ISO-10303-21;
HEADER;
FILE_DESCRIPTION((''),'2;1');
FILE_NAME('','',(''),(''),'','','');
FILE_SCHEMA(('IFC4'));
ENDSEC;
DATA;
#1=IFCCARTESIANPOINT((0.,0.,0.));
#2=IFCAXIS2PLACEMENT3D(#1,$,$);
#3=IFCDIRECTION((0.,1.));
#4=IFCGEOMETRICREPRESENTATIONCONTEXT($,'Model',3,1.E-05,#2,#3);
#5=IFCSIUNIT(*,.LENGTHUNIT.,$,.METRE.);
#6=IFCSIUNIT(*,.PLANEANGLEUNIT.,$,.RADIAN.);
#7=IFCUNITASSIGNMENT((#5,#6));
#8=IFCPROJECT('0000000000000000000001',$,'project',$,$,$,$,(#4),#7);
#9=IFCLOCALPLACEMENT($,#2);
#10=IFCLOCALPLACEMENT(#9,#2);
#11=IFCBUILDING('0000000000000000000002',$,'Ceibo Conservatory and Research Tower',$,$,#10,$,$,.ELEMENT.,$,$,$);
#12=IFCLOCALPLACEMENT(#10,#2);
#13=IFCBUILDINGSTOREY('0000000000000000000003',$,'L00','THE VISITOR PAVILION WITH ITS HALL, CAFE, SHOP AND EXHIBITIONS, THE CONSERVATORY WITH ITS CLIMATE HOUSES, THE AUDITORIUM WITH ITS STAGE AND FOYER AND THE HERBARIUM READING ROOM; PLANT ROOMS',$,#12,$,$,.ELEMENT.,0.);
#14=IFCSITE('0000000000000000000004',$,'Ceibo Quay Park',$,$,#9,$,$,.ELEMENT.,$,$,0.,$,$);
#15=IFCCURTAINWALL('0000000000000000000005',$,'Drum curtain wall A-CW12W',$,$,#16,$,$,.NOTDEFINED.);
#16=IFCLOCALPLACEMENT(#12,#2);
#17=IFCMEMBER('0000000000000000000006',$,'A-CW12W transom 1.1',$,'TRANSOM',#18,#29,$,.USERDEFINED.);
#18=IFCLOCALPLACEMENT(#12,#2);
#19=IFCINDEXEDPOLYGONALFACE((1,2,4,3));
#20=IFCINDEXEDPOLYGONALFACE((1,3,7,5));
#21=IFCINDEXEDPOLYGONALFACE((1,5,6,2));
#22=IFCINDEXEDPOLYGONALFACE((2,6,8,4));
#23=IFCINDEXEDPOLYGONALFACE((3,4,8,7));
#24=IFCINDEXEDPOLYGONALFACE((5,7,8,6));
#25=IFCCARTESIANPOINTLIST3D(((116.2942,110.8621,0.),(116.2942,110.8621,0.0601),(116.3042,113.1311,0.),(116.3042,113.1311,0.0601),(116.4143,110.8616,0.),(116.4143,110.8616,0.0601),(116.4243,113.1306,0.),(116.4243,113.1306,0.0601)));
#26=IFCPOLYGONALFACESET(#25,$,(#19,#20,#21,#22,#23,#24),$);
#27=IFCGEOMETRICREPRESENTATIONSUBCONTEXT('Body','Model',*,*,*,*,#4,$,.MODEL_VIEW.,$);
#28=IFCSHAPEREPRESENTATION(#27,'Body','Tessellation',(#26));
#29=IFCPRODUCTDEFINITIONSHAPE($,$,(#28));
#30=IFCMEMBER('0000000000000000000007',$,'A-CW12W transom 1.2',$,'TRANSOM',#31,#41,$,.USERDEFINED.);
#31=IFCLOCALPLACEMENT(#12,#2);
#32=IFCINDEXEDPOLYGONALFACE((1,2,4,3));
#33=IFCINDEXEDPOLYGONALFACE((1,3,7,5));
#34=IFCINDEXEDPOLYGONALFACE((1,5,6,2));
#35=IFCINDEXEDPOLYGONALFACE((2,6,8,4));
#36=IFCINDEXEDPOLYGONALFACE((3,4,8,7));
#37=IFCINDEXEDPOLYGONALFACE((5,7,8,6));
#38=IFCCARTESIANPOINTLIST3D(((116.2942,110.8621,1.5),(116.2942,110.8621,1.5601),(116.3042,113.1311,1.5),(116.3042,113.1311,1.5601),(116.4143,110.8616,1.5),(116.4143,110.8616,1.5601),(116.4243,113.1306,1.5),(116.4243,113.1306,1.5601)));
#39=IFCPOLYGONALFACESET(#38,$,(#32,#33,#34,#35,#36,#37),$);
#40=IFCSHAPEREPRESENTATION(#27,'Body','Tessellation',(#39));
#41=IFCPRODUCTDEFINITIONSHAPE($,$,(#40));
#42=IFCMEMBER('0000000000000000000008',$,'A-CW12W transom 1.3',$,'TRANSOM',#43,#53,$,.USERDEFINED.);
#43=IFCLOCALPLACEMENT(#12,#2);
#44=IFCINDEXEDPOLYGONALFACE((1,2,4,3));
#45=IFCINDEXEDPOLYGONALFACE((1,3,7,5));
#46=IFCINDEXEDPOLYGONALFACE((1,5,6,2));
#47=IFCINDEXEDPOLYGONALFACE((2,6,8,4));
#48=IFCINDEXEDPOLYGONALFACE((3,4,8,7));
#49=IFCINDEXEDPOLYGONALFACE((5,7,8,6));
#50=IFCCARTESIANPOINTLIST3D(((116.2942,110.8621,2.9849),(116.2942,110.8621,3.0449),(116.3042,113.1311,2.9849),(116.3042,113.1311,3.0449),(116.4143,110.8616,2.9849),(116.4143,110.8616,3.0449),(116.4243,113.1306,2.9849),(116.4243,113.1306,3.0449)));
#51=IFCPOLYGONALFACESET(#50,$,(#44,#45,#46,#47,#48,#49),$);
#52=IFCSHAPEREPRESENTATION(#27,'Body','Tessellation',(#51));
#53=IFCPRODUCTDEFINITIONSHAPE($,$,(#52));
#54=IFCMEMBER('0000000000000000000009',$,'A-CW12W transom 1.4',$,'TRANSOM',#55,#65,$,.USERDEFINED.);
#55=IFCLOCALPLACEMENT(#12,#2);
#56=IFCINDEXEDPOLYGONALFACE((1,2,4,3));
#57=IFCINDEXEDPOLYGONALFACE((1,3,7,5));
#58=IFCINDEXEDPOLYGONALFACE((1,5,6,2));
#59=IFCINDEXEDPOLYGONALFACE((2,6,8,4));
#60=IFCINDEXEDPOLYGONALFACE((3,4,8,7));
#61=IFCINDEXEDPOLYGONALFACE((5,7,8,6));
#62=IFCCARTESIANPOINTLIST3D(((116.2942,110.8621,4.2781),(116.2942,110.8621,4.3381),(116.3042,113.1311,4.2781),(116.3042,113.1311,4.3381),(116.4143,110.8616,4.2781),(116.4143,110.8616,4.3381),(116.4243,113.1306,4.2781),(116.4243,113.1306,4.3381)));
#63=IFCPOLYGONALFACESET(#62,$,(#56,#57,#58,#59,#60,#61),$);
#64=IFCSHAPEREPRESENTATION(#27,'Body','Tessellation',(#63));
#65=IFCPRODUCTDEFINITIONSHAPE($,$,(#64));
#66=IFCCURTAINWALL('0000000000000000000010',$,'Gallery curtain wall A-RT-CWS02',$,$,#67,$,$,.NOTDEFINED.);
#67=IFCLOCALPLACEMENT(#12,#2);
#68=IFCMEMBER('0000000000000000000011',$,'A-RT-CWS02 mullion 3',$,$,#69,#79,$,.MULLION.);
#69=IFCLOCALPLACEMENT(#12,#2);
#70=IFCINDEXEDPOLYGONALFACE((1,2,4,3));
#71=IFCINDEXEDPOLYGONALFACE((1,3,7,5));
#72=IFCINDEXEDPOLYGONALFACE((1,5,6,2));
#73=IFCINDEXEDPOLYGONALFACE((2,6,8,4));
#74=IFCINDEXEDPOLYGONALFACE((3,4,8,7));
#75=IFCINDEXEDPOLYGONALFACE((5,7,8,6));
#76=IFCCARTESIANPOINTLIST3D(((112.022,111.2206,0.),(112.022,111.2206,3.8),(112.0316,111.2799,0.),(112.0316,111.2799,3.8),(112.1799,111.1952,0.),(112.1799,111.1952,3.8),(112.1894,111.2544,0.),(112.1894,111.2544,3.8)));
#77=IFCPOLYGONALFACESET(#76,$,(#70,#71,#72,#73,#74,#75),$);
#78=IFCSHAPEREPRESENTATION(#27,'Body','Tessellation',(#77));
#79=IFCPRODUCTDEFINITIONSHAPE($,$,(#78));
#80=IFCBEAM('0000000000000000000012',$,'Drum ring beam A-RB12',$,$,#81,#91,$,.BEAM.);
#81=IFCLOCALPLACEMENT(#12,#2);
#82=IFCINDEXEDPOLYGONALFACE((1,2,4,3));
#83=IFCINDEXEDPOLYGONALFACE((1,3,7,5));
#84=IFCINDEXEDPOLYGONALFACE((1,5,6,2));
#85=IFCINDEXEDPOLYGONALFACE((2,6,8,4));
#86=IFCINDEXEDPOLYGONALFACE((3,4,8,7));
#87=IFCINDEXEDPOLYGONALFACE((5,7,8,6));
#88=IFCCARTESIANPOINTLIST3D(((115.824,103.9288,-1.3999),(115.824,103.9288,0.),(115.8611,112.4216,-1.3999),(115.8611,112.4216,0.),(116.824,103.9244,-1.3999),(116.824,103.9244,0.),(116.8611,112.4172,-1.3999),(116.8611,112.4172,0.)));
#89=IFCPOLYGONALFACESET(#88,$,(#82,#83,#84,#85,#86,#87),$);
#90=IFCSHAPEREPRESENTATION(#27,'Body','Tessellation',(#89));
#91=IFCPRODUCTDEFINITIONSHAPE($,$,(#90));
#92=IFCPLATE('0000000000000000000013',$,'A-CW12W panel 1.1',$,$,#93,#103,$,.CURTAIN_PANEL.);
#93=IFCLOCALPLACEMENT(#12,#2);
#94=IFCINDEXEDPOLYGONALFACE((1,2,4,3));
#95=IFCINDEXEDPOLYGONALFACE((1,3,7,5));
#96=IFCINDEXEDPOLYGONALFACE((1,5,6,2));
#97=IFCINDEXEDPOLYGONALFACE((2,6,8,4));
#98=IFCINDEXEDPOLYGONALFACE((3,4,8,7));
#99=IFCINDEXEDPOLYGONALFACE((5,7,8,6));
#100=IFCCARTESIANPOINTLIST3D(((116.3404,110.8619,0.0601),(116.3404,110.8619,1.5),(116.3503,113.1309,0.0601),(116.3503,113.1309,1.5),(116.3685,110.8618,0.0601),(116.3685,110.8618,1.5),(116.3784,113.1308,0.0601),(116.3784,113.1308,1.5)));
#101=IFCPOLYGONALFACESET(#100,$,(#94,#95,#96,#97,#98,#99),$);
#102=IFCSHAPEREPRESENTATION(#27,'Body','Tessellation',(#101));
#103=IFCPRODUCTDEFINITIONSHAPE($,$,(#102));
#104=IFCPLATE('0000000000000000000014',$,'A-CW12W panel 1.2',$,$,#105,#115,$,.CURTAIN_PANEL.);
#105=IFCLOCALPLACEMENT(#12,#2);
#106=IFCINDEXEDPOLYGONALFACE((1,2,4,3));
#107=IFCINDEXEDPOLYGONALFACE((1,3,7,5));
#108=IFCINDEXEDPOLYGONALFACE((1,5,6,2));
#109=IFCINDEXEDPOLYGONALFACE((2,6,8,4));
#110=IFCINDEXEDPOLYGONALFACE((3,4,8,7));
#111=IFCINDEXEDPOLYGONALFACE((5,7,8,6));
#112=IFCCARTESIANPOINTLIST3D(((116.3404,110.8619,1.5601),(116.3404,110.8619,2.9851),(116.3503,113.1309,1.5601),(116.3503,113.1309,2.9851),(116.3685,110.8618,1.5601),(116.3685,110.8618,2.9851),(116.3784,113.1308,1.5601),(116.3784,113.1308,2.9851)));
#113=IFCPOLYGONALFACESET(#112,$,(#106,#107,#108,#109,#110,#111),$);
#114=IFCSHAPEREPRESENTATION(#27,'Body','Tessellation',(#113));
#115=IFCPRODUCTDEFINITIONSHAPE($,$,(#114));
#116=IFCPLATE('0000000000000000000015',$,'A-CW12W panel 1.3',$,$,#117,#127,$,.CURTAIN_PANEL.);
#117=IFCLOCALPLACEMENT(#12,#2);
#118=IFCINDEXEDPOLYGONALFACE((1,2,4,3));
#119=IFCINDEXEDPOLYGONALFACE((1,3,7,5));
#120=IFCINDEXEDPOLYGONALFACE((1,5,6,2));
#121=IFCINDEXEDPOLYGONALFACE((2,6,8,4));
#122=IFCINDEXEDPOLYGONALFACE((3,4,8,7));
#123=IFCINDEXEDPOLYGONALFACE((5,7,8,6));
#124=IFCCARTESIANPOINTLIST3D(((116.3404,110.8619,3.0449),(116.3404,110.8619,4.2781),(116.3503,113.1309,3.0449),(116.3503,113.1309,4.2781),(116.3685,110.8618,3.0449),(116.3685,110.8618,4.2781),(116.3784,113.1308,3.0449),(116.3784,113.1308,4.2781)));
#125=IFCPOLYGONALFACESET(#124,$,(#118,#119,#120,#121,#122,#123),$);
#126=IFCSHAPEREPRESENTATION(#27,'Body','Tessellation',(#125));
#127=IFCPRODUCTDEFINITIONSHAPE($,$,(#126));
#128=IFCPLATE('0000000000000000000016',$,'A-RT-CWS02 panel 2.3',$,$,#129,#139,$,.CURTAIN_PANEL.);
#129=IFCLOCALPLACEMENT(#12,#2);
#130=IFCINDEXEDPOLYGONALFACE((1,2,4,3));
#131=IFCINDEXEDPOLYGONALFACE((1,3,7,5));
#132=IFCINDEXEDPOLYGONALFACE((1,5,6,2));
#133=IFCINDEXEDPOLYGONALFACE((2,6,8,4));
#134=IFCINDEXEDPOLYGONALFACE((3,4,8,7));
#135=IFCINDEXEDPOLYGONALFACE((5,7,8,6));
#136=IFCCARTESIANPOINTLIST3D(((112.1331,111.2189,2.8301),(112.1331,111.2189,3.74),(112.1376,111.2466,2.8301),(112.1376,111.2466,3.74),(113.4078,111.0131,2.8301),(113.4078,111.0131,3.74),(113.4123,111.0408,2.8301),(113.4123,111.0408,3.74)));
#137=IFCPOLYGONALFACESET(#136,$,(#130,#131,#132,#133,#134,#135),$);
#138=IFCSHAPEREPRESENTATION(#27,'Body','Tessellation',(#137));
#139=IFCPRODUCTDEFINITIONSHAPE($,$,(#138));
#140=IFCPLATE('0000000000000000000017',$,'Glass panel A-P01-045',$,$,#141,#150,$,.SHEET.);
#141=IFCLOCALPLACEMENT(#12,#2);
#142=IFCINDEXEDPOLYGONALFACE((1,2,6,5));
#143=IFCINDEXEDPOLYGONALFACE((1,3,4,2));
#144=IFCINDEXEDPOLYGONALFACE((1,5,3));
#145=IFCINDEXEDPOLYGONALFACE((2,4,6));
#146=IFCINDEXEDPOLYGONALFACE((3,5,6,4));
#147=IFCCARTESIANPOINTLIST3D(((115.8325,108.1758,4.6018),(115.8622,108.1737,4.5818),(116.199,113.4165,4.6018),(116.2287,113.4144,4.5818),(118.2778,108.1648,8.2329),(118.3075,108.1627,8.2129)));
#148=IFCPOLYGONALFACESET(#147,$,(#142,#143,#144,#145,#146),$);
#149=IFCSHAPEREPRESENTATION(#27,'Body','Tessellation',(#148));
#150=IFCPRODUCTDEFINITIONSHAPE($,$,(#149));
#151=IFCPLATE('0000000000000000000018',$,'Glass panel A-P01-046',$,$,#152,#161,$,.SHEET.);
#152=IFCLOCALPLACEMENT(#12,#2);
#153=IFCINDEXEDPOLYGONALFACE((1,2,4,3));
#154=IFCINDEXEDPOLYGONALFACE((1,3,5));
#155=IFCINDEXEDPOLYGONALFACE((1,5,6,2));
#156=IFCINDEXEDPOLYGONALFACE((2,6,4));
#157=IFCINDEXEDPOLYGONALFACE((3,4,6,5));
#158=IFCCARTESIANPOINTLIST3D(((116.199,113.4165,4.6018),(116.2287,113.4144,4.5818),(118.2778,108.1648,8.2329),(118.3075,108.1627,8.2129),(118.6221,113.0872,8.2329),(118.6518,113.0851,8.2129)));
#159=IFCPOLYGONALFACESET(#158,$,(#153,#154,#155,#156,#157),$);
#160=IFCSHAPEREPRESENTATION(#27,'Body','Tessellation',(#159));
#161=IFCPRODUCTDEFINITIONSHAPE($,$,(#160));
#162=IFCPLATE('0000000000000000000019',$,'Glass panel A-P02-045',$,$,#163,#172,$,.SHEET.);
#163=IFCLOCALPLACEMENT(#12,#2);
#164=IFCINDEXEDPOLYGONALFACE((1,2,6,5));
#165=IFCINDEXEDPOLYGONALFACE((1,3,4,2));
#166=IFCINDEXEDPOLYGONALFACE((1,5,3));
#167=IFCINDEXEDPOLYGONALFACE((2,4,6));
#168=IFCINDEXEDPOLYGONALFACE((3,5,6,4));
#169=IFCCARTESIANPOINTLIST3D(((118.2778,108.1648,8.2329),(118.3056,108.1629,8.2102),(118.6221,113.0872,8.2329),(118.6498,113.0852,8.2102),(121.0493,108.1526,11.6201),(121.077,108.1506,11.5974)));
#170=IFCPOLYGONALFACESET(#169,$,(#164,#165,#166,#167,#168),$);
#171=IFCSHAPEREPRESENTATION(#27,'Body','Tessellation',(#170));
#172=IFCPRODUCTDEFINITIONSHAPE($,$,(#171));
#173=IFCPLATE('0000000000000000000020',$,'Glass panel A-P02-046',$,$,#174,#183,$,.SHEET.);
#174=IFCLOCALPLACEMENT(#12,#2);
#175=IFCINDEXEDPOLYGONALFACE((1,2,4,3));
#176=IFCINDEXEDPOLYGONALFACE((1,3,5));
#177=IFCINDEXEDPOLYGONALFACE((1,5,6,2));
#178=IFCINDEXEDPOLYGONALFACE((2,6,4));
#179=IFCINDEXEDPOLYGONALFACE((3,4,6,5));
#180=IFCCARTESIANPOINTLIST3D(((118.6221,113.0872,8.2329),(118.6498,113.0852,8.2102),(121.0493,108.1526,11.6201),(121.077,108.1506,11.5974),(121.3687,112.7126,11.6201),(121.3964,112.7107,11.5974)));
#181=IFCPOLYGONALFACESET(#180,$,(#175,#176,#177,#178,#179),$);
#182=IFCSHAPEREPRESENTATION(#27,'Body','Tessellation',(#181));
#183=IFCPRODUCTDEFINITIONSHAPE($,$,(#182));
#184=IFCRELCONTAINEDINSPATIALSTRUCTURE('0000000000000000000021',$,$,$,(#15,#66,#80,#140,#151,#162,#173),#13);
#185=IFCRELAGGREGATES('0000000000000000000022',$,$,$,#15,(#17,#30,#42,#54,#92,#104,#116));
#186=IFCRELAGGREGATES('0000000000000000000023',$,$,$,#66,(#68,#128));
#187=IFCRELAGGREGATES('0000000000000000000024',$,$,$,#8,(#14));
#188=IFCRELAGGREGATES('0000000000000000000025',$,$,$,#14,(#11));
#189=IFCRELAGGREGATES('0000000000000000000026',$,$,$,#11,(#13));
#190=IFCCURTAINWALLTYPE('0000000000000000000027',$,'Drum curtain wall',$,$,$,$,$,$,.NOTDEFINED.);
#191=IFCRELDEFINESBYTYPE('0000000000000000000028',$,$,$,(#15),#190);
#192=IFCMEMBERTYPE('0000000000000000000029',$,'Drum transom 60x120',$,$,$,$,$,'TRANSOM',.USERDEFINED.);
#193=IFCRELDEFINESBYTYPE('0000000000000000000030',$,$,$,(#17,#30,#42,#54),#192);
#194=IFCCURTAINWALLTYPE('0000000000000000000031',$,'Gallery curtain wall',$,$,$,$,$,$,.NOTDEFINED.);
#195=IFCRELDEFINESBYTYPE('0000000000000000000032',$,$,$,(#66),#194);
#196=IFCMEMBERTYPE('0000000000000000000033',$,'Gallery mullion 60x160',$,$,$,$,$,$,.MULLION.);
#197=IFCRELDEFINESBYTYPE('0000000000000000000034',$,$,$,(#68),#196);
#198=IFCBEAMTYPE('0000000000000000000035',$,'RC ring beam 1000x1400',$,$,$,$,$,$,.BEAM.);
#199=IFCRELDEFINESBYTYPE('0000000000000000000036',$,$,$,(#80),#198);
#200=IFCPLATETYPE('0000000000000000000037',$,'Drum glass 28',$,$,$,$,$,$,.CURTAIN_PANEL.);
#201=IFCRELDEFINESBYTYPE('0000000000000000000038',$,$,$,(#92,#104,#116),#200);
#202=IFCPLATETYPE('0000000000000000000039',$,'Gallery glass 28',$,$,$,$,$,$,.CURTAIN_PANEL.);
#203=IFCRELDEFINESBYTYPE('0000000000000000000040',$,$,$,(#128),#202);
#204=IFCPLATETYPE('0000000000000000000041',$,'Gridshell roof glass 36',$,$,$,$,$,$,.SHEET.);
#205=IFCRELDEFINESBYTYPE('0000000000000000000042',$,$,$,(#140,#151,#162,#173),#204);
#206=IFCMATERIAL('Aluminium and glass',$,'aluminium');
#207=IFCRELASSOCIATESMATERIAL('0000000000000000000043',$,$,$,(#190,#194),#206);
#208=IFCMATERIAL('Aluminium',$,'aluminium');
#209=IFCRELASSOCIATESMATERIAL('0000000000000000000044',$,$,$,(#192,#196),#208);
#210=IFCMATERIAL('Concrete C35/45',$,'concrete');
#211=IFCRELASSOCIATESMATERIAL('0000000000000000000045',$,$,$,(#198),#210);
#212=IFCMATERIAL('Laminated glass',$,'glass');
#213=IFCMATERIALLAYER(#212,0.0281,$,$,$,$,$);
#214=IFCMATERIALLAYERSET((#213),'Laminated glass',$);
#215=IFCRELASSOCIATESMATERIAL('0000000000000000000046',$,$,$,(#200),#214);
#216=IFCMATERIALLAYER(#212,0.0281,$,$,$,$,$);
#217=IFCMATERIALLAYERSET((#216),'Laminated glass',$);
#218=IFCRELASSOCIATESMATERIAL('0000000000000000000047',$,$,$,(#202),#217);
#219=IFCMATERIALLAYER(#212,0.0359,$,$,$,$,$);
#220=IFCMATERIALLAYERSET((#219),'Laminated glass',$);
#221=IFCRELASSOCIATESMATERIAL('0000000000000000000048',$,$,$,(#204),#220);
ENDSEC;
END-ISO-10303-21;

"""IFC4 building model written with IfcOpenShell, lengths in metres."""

from ifc_helpers import new_model, si_unit, direction, frame, origin, origin_2d, place, context, subcontext, project, spatial, polyline, rectangle, outline, extrude, material, layer, layer_set, material_profile, profile_set, type_object, element, aggregate, save


model = new_model("IFC4")

# Units and contexts
model_context = context("Model", 3, precision=1e-05, world=origin(), true_north=direction((0.0, 1.0)))
body_context = subcontext(model_context, "Body", "Model", "MODEL_VIEW")
ifc_project = project(units=[si_unit("LENGTHUNIT", "METRE"), si_unit("PLANEANGLEUNIT", "RADIAN")], contexts=[model_context])

# Site, building, storey
site_placement = place(None, origin())
site = spatial("IfcSite", under=ifc_project, at=site_placement, Name="Ceibo Quay Park", CompositionType="ELEMENT", RefElevation=0.0)
building_placement = place(site_placement, origin())
building = spatial("IfcBuilding", under=site, at=building_placement, Name="Ceibo Conservatory and Research Tower", CompositionType="ELEMENT")
storey_placement = place(building_placement, origin())
storey = spatial("IfcBuildingStorey", under=building, at=storey_placement, Name="L00", Description="THE VISITOR PAVILION WITH ITS HALL, CAFE, SHOP AND EXHIBITIONS, THE CONSERVATORY WITH ITS CLIMATE HOUSES, THE AUDITORIUM WITH ITS STAGE AND FOYER AND THE HERBARIUM READING ROOM; PLANT ROOMS", CompositionType="ELEMENT", Elevation=0.0)

# Shared definitions
ifc_material_1 = material(Name="Concrete C35/45", Category="concrete")

# Shared definitions
ifc_material_2 = material(Name="Aluminium and glass", Category="aluminium")
curtain_wall_type_1 = type_object("IfcCurtainWallType", Name="Drum curtain wall", PredefinedType="NOTDEFINED", material=ifc_material_2)
ifc_material_3 = material(Name="Aluminium", Category="aluminium")

# Curtain wall, members
curtain_wall_1_placement = place(storey_placement, origin())
curtain_wall_1 = element("IfcCurtainWall", 1, at=curtain_wall_1_placement, inside=storey, type_object=curtain_wall_type_1, Name="Drum curtain wall A-CW12W", PredefinedType="NOTDEFINED")
ifc_material_profile_1 = material_profile(ifc_material_3, rectangle(XDim=0.1201, YDim=0.0601, at=origin_2d()), Name="AL 60x120")
ifc_profile_set_1 = profile_set([ifc_material_profile_1], Name="Aluminium")
member_type_1 = type_object("IfcMemberType", Name="Drum transom 60x120", ElementType="TRANSOM", PredefinedType="USERDEFINED", material=ifc_profile_set_1)
member_1_placement = place(storey_placement, frame((116.3643, 113.1309, 0.03), z_axis=(-0.004411, -0.99999, 0.0), x_axis=(0.99999, -0.004411, 0.0)))
member_1 = element("IfcMember", 2, at=member_1_placement, type_object=member_type_1, Name="A-CW12W transom 1.1", ObjectType="TRANSOM", PredefinedType="USERDEFINED", context=body_context, shape_type="SweptSolid", body=[
    extrude(rectangle(XDim=0.1201, YDim=0.0601, at=origin_2d()), origin(), (0.0, 0.0, 1.0), 2.269),
])
member_2_placement = place(storey_placement, frame((116.3643, 113.1309, 1.53), z_axis=(-0.004411, -0.99999, 0.0), x_axis=(0.99999, -0.004411, 0.0)))
member_2 = element("IfcMember", 3, at=member_2_placement, type_object=member_type_1, Name="A-CW12W transom 1.2", ObjectType="TRANSOM", PredefinedType="USERDEFINED", context=body_context, shape_type="SweptSolid", body=[
    extrude(rectangle(XDim=0.1201, YDim=0.0601, at=origin_2d()), origin(), (0.0, 0.0, 1.0), 2.269),
])
member_3_placement = place(storey_placement, frame((116.3643, 113.1309, 3.0149), z_axis=(-0.004411, -0.99999, 0.0), x_axis=(0.99999, -0.004411, 0.0)))
member_3 = element("IfcMember", 4, at=member_3_placement, type_object=member_type_1, Name="A-CW12W transom 1.3", ObjectType="TRANSOM", PredefinedType="USERDEFINED", context=body_context, shape_type="SweptSolid", body=[
    extrude(rectangle(XDim=0.1201, YDim=0.0601, at=origin_2d()), origin(), (0.0, 0.0, 1.0), 2.269),
])
member_4_placement = place(storey_placement, frame((116.3643, 113.1309, 4.3081), z_axis=(-0.004411, -0.99999, 0.0), x_axis=(0.99999, -0.004411, 0.0)))
member_4 = element("IfcMember", 5, at=member_4_placement, type_object=member_type_1, Name="A-CW12W transom 1.4", ObjectType="TRANSOM", PredefinedType="USERDEFINED", context=body_context, shape_type="SweptSolid", body=[
    extrude(rectangle(XDim=0.1201, YDim=0.0601, at=origin_2d()), origin(), (0.0, 0.0, 1.0), 2.269),
])

# Curtain wall, member
curtain_wall_type_2 = type_object("IfcCurtainWallType", Name="Gallery curtain wall", PredefinedType="NOTDEFINED", material=ifc_material_2)
curtain_wall_2_placement = place(storey_placement, origin())
curtain_wall_2 = element("IfcCurtainWall", 6, at=curtain_wall_2_placement, inside=storey, type_object=curtain_wall_type_2, Name="Gallery curtain wall A-RT-CWS02", PredefinedType="NOTDEFINED")
ifc_material_profile_2 = material_profile(ifc_material_3, rectangle(XDim=0.0601, YDim=0.1599, at=origin_2d()), Name="AL 60x160")
ifc_profile_set_2 = profile_set([ifc_material_profile_2], Name="Aluminium")
member_type_2 = type_object("IfcMemberType", Name="Gallery mullion 60x160", PredefinedType="MULLION", material=ifc_profile_set_2)
member_5_placement = place(storey_placement, frame((112.1057, 111.2375, 0.0), z_axis=(0.0, 0.0, 1.0), x_axis=(-0.159391, -0.987216, 0.0)))
member_5 = element("IfcMember", 7, at=member_5_placement, type_object=member_type_2, Name="A-RT-CWS02 mullion 3", PredefinedType="MULLION", context=body_context, shape_type="SweptSolid", body=[
    extrude(rectangle(XDim=0.0601, YDim=0.1599, at=origin_2d()), origin(), (0.0, 0.0, 1.0), 3.8),
])

# Beam
ifc_material_profile_3 = material_profile(ifc_material_1, rectangle(XDim=1.0, YDim=1.3999, at=origin_2d()), Name="RC 1000x1400")
ifc_profile_set_3 = profile_set([ifc_material_profile_3], Name="Concrete C35/45")
beam_type = type_object("IfcBeamType", Name="RC ring beam 1000x1400", PredefinedType="BEAM", material=ifc_profile_set_3)
beam_placement = place(storey_placement, frame((116.3611, 112.4194, -0.7), z_axis=(-0.004369, -0.99999, 0.0), x_axis=(0.99999, -0.004369, 0.0)))
element("IfcBeam", 8, at=beam_placement, inside=storey, type_object=beam_type, Name="Drum ring beam A-RB12", PredefinedType="BEAM", context=body_context, shape_type="SweptSolid", body=[
    extrude(rectangle(XDim=1.0, YDim=1.3999, at=origin_2d()), origin(), (0.0, 0.0, 1.0), 8.4929),
])

# Plates
ifc_material_4 = material(Name="Laminated glass", Category="glass")
ifc_layer_1 = layer(ifc_material_4, 0.0281)
ifc_layer_set_1 = layer_set([ifc_layer_1], Name="Laminated glass")
plate_type_1 = type_object("IfcPlateType", Name="Drum glass 28", PredefinedType="CURTAIN_PANEL", material=ifc_layer_set_1)
plate_1_placement = place(storey_placement, frame((116.3594, 111.9963, 0.0601), z_axis=(0.0, 0.0, 1.0), x_axis=(-0.004363, -0.99999, 0.0)))
plate_1 = element("IfcPlate", 9, at=plate_1_placement, type_object=plate_type_1, Name="A-CW12W panel 1.1", PredefinedType="CURTAIN_PANEL", context=body_context, shape_type="SweptSolid", body=[
    extrude(rectangle(XDim=2.269, YDim=0.0281, at=origin_2d()), origin(), (0.0, 0.0, 1.0), 1.4399),
])
plate_2_placement = place(storey_placement, frame((116.3594, 111.9963, 1.5601), z_axis=(0.0, 0.0, 1.0), x_axis=(-0.004363, -0.99999, 0.0)))
plate_2 = element("IfcPlate", 10, at=plate_2_placement, type_object=plate_type_1, Name="A-CW12W panel 1.2", PredefinedType="CURTAIN_PANEL", context=body_context, shape_type="SweptSolid", body=[
    extrude(rectangle(XDim=2.269, YDim=0.0281, at=origin_2d()), origin(), (0.0, 0.0, 1.0), 1.425),
])
plate_3_placement = place(storey_placement, frame((116.3594, 111.9963, 3.0449), z_axis=(0.0, 0.0, 1.0), x_axis=(-0.004363, -0.99999, 0.0)))
plate_3 = element("IfcPlate", 11, at=plate_3_placement, type_object=plate_type_1, Name="A-CW12W panel 1.3", PredefinedType="CURTAIN_PANEL", context=body_context, shape_type="SweptSolid", body=[
    extrude(rectangle(XDim=2.269, YDim=0.0281, at=origin_2d()), origin(), (0.0, 0.0, 1.0), 1.2332),
])
aggregate(curtain_wall_1, [member_1, member_2, member_3, member_4, plate_1, plate_2, plate_3])
ifc_layer_2 = layer(ifc_material_4, 0.0281)
ifc_layer_set_2 = layer_set([ifc_layer_2], Name="Laminated glass")
plate_type_2 = type_object("IfcPlateType", Name="Gallery glass 28", PredefinedType="CURTAIN_PANEL", material=ifc_layer_set_2)
plate_4_placement = place(storey_placement, frame((112.7727, 111.1299, 2.8301), z_axis=(0.0, 0.0, 1.0), x_axis=(-0.987216, 0.159391, 0.0)))
plate_4 = element("IfcPlate", 12, at=plate_4_placement, type_object=plate_type_2, Name="A-RT-CWS02 panel 2.3", PredefinedType="CURTAIN_PANEL", context=body_context, shape_type="SweptSolid", body=[
    extrude(rectangle(XDim=1.2913, YDim=0.0281, at=origin_2d()), origin(), (0.0, 0.0, 1.0), 0.9099),
])
aggregate(curtain_wall_2, [member_5, plate_4])

# Plates
ifc_layer_3 = layer(ifc_material_4, 0.0359)
ifc_layer_set_3 = layer_set([ifc_layer_3], Name="Laminated glass")
plate_type_3 = type_object("IfcPlateType", Name="Gridshell roof glass 36", PredefinedType="SHEET", material=ifc_layer_set_3)
plate_5_placement = place(storey_placement, frame((116.199, 113.4165, 4.6018), z_axis=(-0.827978, 0.057896, 0.557764), x_axis=(-0.069754, -0.997564, 0.0)))
element("IfcPlate", 13, at=plate_5_placement, inside=storey, type_object=plate_type_3, Name="Glass panel A-P01-045", PredefinedType="SHEET", context=body_context, shape_type="SweptSolid", body=[
    extrude(outline(polyline([(0.0, 0.0), (5.2535, 0.0), (5.0939, 4.3748), (0.0, 0.0)])), origin(), (0.0, 0.0, -1.0), 0.0359),
])
plate_6_placement = place(storey_placement, frame((116.199, 113.4165, 4.6018), z_axis=(-0.827972, 0.057903, 0.557772), x_axis=(0.309599, -0.782123, 0.54077)))
element("IfcPlate", 14, at=plate_6_placement, inside=storey, type_object=plate_type_3, Name="Glass panel A-P01-046", PredefinedType="SHEET", context=body_context, shape_type="SweptSolid", body=[
    extrude(outline(polyline([(0.0, 0.0), (6.7147, 0.0), (2.9714, 3.2149), (0.0, 0.0)])), origin(), (0.0, 0.0, -1.0), 0.0359),
])
plate_7_placement = place(storey_placement, frame((118.6221, 113.0872, 8.2329), z_axis=(-0.772716, 0.054039, 0.632447), x_axis=(-0.069763, -0.997564, 0.0)))
element("IfcPlate", 15, at=plate_7_placement, inside=storey, type_object=plate_type_3, Name="Glass panel A-P02-045", PredefinedType="SHEET", context=body_context, shape_type="SweptSolid", body=[
    extrude(outline(polyline([(0.0, 0.0), (4.9344, 0.0), (4.7532, 4.3728), (0.0, 0.0)])), origin(), (0.0, 0.0, -1.0), 0.0359),
])
plate_8_placement = place(storey_placement, frame((118.6221, 113.0872, 8.2329), z_axis=(-0.772661, 0.054109, 0.632509), x_axis=(0.375811, -0.76402, 0.524442)))
element("IfcPlate", 16, at=plate_8_placement, inside=storey, type_object=plate_type_3, Name="Glass panel A-P02-046", PredefinedType="SHEET", context=body_context, shape_type="SweptSolid", body=[
    extrude(outline(polyline([(0.0, 0.0), (6.4587, 0.0), (3.0947, 3.0951), (0.0, 0.0)])), origin(), (0.0, 0.0, -1.0), 0.0359),
])

save(model, "model.ifc")
